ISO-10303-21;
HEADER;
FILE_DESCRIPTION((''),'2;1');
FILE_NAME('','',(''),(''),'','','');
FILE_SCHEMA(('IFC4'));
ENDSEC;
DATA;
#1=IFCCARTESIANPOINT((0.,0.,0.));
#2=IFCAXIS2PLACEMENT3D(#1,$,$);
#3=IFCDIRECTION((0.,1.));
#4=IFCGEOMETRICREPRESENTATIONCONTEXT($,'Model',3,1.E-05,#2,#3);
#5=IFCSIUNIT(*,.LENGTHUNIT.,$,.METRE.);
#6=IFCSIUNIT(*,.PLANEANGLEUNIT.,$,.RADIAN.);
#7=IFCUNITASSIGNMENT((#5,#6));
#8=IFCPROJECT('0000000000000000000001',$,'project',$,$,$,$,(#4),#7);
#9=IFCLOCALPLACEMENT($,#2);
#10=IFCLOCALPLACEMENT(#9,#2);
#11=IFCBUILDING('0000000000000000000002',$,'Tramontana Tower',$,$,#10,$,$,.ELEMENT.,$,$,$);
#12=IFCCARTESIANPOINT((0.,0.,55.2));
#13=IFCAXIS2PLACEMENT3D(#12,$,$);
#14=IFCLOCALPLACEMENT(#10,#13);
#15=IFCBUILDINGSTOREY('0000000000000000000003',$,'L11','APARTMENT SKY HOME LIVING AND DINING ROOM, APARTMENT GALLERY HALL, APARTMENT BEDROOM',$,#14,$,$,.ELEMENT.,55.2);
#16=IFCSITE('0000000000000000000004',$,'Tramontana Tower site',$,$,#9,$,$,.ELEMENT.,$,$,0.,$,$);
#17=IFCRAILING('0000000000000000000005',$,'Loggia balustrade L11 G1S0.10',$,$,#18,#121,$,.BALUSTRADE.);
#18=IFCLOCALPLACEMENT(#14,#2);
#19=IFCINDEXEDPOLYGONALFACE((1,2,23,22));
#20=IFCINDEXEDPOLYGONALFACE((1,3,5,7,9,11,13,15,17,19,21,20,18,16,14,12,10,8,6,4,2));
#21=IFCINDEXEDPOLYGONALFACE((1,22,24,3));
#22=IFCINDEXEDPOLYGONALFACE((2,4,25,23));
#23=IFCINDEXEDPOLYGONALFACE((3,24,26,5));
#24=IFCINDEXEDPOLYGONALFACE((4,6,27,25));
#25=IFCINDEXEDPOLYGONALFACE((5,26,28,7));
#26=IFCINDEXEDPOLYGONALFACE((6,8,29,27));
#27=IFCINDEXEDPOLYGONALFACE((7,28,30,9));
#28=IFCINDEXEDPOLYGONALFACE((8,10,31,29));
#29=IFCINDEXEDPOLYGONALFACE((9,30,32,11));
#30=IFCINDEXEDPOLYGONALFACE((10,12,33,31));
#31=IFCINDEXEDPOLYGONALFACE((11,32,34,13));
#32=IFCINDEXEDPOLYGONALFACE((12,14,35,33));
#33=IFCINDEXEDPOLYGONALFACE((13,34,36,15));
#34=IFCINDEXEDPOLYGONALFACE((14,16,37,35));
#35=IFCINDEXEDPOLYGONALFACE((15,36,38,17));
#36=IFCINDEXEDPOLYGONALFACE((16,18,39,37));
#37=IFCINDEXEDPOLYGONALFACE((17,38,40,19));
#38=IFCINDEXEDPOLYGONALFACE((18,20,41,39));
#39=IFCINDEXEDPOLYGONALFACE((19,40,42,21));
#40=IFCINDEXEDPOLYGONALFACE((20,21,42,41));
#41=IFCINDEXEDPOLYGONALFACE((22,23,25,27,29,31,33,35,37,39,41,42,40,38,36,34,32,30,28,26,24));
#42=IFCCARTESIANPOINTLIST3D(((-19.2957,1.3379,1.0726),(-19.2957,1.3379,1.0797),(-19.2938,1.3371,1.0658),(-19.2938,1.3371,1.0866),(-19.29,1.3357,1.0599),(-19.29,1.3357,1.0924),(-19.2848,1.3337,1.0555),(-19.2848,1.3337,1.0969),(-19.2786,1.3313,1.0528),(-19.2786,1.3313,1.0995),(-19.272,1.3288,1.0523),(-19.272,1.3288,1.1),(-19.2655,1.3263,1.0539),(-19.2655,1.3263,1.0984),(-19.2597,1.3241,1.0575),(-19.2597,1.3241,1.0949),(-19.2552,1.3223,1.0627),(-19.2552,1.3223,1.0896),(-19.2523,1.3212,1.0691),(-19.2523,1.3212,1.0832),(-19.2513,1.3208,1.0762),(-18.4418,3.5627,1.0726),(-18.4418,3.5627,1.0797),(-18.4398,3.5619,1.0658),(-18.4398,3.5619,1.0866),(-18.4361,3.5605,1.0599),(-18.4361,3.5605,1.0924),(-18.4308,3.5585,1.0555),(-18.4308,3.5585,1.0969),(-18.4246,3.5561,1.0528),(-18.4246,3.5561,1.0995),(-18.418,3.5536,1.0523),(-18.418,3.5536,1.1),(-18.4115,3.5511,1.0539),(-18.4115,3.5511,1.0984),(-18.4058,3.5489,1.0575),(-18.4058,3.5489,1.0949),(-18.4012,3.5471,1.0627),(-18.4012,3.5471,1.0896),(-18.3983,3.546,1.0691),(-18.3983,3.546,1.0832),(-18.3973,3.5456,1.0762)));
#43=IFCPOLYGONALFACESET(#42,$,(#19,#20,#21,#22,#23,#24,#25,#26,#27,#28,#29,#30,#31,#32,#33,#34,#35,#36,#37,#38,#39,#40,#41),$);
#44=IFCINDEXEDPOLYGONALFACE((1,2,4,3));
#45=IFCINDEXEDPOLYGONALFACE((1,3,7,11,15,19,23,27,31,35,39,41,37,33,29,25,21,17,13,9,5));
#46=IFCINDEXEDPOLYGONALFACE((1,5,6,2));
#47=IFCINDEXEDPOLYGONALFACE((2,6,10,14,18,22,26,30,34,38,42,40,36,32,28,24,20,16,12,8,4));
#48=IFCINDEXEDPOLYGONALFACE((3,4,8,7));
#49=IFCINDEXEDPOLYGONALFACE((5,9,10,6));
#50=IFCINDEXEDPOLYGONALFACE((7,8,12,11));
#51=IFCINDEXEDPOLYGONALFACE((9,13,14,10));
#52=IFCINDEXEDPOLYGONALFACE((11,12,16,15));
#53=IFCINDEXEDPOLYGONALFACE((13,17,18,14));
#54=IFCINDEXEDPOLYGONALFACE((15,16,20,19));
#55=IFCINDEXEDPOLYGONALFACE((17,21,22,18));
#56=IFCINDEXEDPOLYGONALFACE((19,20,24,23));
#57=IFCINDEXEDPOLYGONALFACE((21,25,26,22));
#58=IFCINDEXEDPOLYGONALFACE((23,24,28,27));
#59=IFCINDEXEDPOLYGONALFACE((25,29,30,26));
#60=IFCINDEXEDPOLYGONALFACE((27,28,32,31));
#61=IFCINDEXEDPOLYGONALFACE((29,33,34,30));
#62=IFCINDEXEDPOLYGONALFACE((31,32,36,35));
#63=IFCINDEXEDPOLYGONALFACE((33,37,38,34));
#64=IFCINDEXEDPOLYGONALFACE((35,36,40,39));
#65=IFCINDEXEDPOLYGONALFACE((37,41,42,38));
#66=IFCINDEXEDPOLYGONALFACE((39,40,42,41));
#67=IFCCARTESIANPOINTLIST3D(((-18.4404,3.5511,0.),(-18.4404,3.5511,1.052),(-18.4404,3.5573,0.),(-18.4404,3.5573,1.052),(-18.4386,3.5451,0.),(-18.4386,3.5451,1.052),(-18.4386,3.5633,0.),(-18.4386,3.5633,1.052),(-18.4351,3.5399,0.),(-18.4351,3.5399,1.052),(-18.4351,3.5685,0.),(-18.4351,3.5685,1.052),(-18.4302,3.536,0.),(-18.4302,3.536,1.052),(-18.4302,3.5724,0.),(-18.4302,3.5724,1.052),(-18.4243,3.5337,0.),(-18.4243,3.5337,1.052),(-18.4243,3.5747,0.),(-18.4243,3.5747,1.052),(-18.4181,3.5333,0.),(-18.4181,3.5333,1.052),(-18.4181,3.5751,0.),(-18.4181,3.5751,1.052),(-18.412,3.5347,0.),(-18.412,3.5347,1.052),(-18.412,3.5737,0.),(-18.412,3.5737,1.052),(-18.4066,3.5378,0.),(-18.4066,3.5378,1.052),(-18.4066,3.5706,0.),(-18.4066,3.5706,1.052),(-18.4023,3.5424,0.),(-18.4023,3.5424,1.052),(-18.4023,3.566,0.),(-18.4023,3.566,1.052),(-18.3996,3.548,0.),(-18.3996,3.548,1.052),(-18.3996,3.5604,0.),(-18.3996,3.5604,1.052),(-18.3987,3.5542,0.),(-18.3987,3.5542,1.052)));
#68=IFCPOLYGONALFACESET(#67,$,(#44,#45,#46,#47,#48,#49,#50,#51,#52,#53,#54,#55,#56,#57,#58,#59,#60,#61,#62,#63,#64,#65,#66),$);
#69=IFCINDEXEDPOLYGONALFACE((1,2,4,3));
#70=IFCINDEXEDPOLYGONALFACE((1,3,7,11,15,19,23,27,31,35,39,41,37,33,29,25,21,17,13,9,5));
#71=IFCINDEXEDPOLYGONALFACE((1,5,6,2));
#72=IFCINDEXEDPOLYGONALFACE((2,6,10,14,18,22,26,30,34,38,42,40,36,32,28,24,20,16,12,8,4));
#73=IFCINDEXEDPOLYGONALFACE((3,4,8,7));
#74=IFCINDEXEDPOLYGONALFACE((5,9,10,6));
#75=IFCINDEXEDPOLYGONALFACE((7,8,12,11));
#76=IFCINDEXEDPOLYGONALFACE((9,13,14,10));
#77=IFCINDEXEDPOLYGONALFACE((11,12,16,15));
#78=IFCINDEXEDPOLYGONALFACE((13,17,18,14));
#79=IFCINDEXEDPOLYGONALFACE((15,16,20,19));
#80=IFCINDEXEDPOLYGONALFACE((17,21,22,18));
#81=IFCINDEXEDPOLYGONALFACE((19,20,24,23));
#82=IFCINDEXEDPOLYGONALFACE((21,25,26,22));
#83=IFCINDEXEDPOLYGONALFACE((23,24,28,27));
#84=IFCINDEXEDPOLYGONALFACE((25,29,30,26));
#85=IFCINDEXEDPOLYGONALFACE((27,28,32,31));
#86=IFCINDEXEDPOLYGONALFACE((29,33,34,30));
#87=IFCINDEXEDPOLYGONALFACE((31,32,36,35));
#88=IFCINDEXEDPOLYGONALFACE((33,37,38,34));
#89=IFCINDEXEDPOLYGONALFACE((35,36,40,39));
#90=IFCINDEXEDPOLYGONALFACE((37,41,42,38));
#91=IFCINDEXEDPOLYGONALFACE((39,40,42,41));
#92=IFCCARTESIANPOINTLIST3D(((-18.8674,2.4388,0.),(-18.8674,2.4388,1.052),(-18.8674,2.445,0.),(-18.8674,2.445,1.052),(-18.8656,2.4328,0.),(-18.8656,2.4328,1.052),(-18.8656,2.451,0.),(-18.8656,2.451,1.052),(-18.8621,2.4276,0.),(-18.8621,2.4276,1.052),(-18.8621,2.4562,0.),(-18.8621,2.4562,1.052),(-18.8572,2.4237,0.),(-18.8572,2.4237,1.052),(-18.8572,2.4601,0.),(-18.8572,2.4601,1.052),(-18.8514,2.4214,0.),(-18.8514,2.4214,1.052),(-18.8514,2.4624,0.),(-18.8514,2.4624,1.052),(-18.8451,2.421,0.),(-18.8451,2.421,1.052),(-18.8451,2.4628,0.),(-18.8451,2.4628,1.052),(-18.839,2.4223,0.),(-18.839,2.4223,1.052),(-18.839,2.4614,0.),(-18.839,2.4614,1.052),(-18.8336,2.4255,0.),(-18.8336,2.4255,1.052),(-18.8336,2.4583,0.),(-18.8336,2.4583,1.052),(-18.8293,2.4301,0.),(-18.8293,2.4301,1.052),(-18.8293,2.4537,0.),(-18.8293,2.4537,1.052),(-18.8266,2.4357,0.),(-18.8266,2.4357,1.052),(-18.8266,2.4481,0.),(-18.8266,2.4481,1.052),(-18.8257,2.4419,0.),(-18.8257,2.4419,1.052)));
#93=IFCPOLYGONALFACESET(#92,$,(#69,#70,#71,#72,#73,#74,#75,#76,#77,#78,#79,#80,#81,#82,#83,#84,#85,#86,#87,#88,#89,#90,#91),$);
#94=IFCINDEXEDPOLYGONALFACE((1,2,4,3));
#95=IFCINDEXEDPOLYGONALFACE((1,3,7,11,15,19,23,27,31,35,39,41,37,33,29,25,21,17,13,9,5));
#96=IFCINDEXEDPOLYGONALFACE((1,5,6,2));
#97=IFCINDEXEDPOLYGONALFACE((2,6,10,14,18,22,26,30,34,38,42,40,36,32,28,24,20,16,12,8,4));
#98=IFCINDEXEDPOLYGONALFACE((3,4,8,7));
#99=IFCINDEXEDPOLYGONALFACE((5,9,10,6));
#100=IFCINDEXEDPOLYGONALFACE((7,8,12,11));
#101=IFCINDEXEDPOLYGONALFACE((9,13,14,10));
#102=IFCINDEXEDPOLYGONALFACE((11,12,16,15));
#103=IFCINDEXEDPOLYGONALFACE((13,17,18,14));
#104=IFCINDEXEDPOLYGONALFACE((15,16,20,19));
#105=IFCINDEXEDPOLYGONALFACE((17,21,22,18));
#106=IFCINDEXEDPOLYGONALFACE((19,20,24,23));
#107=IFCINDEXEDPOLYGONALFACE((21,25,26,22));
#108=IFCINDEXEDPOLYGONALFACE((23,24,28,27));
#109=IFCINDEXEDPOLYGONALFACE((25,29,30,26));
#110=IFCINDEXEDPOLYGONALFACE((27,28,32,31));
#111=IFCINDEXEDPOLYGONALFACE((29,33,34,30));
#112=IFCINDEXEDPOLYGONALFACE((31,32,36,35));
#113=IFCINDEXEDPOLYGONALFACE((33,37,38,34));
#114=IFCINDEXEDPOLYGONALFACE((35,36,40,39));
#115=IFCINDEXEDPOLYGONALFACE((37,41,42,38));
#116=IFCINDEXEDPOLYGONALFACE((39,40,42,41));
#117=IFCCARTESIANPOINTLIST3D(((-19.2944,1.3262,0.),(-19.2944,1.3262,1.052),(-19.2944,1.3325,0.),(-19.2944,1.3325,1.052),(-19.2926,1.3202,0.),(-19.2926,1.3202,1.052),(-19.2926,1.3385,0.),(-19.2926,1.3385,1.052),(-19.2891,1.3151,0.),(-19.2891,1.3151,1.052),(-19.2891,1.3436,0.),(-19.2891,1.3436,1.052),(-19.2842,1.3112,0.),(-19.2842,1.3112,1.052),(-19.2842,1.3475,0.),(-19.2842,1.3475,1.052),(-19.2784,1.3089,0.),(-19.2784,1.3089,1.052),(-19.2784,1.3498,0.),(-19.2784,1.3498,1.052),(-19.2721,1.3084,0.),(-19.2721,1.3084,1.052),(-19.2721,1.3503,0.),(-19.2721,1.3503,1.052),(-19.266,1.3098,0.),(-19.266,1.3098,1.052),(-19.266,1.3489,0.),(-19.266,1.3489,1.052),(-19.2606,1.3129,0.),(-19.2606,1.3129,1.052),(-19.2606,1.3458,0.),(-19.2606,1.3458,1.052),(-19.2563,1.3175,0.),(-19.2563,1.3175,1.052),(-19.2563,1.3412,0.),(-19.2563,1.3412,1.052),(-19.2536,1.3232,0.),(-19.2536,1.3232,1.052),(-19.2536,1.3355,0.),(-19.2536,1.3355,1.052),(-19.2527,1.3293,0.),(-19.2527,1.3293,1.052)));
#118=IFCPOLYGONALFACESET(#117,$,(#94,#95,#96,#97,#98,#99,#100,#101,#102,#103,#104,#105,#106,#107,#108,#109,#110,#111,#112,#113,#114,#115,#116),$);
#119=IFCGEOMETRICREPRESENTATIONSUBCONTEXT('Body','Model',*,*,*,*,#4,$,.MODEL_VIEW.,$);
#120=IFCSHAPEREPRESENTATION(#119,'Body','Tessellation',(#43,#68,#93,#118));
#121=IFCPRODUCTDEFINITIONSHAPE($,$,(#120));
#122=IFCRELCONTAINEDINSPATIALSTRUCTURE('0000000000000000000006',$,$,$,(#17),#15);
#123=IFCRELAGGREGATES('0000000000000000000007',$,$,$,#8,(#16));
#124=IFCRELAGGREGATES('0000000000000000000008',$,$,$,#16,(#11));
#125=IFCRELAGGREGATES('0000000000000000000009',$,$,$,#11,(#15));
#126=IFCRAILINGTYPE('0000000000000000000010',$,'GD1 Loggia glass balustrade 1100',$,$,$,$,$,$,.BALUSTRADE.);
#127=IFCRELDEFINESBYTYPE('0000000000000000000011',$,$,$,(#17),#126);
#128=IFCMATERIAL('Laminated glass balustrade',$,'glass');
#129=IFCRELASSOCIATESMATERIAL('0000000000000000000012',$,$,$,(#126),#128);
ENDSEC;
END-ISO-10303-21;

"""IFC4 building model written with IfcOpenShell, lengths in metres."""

from ifc_helpers import new_model, si_unit, direction, frame, origin, origin_2d, place, context, subcontext, project, spatial, circle, extrude, material, type_object, element, save


model = new_model("IFC4")

# Units and contexts
model_context = context("Model", 3, precision=1e-05, world=origin(), true_north=direction((0.0, 1.0)))
body_context = subcontext(model_context, "Body", "Model", "MODEL_VIEW")
ifc_project = project(units=[si_unit("LENGTHUNIT", "METRE"), si_unit("PLANEANGLEUNIT", "RADIAN")], contexts=[model_context])

# Site, building, storey
site_placement = place(None, origin())
site = spatial("IfcSite", under=ifc_project, at=site_placement, Name="Tramontana Tower site", CompositionType="ELEMENT", RefElevation=0.0)
building_placement = place(site_placement, origin())
building = spatial("IfcBuilding", under=site, at=building_placement, Name="Tramontana Tower", CompositionType="ELEMENT")
storey_placement = place(building_placement, frame((0.0, 0.0, 55.2)))
storey = spatial("IfcBuildingStorey", under=building, at=storey_placement, Name="L11", Description="APARTMENT SKY HOME LIVING AND DINING ROOM, APARTMENT GALLERY HALL, APARTMENT BEDROOM", CompositionType="ELEMENT", Elevation=55.2)

# Railing
ifc_material_1 = material(Name="Laminated glass balustrade", Category="glass")
railing_type = type_object("IfcRailingType", Name="GD1 Loggia glass balustrade 1100", PredefinedType="BALUSTRADE", material=ifc_material_1)
railing_placement = place(storey_placement, frame((-18.4197, 3.5542, 0.0)))
element("IfcRailing", 1, at=railing_placement, inside=storey, type_object=railing_type, Name="Loggia balustrade L11 G1S0.10", PredefinedType="BALUSTRADE", context=body_context, shape_type="SweptSolid", body=[
    extrude(circle(Radius=0.0239, at=origin_2d()), frame((0.0, 0.0, 1.0762), z_axis=(-0.358354, -0.933586, 0.0), x_axis=(0.933586, -0.358354, 0.0)), (0.0, 0.0, 1.0), 2.3831),
    extrude(circle(Radius=0.021, at=origin_2d()), origin(), (0.0, 0.0, 1.0), 1.052),
    extrude(circle(Radius=0.021, at=origin_2d()), frame((-0.427, -1.1123, 0.0)), (0.0, 0.0, 1.0), 1.052),
    extrude(circle(Radius=0.021, at=origin_2d()), frame((-0.854, -2.2249, 0.0)), (0.0, 0.0, 1.0), 1.052),
])

save(model, "model.ifc")
